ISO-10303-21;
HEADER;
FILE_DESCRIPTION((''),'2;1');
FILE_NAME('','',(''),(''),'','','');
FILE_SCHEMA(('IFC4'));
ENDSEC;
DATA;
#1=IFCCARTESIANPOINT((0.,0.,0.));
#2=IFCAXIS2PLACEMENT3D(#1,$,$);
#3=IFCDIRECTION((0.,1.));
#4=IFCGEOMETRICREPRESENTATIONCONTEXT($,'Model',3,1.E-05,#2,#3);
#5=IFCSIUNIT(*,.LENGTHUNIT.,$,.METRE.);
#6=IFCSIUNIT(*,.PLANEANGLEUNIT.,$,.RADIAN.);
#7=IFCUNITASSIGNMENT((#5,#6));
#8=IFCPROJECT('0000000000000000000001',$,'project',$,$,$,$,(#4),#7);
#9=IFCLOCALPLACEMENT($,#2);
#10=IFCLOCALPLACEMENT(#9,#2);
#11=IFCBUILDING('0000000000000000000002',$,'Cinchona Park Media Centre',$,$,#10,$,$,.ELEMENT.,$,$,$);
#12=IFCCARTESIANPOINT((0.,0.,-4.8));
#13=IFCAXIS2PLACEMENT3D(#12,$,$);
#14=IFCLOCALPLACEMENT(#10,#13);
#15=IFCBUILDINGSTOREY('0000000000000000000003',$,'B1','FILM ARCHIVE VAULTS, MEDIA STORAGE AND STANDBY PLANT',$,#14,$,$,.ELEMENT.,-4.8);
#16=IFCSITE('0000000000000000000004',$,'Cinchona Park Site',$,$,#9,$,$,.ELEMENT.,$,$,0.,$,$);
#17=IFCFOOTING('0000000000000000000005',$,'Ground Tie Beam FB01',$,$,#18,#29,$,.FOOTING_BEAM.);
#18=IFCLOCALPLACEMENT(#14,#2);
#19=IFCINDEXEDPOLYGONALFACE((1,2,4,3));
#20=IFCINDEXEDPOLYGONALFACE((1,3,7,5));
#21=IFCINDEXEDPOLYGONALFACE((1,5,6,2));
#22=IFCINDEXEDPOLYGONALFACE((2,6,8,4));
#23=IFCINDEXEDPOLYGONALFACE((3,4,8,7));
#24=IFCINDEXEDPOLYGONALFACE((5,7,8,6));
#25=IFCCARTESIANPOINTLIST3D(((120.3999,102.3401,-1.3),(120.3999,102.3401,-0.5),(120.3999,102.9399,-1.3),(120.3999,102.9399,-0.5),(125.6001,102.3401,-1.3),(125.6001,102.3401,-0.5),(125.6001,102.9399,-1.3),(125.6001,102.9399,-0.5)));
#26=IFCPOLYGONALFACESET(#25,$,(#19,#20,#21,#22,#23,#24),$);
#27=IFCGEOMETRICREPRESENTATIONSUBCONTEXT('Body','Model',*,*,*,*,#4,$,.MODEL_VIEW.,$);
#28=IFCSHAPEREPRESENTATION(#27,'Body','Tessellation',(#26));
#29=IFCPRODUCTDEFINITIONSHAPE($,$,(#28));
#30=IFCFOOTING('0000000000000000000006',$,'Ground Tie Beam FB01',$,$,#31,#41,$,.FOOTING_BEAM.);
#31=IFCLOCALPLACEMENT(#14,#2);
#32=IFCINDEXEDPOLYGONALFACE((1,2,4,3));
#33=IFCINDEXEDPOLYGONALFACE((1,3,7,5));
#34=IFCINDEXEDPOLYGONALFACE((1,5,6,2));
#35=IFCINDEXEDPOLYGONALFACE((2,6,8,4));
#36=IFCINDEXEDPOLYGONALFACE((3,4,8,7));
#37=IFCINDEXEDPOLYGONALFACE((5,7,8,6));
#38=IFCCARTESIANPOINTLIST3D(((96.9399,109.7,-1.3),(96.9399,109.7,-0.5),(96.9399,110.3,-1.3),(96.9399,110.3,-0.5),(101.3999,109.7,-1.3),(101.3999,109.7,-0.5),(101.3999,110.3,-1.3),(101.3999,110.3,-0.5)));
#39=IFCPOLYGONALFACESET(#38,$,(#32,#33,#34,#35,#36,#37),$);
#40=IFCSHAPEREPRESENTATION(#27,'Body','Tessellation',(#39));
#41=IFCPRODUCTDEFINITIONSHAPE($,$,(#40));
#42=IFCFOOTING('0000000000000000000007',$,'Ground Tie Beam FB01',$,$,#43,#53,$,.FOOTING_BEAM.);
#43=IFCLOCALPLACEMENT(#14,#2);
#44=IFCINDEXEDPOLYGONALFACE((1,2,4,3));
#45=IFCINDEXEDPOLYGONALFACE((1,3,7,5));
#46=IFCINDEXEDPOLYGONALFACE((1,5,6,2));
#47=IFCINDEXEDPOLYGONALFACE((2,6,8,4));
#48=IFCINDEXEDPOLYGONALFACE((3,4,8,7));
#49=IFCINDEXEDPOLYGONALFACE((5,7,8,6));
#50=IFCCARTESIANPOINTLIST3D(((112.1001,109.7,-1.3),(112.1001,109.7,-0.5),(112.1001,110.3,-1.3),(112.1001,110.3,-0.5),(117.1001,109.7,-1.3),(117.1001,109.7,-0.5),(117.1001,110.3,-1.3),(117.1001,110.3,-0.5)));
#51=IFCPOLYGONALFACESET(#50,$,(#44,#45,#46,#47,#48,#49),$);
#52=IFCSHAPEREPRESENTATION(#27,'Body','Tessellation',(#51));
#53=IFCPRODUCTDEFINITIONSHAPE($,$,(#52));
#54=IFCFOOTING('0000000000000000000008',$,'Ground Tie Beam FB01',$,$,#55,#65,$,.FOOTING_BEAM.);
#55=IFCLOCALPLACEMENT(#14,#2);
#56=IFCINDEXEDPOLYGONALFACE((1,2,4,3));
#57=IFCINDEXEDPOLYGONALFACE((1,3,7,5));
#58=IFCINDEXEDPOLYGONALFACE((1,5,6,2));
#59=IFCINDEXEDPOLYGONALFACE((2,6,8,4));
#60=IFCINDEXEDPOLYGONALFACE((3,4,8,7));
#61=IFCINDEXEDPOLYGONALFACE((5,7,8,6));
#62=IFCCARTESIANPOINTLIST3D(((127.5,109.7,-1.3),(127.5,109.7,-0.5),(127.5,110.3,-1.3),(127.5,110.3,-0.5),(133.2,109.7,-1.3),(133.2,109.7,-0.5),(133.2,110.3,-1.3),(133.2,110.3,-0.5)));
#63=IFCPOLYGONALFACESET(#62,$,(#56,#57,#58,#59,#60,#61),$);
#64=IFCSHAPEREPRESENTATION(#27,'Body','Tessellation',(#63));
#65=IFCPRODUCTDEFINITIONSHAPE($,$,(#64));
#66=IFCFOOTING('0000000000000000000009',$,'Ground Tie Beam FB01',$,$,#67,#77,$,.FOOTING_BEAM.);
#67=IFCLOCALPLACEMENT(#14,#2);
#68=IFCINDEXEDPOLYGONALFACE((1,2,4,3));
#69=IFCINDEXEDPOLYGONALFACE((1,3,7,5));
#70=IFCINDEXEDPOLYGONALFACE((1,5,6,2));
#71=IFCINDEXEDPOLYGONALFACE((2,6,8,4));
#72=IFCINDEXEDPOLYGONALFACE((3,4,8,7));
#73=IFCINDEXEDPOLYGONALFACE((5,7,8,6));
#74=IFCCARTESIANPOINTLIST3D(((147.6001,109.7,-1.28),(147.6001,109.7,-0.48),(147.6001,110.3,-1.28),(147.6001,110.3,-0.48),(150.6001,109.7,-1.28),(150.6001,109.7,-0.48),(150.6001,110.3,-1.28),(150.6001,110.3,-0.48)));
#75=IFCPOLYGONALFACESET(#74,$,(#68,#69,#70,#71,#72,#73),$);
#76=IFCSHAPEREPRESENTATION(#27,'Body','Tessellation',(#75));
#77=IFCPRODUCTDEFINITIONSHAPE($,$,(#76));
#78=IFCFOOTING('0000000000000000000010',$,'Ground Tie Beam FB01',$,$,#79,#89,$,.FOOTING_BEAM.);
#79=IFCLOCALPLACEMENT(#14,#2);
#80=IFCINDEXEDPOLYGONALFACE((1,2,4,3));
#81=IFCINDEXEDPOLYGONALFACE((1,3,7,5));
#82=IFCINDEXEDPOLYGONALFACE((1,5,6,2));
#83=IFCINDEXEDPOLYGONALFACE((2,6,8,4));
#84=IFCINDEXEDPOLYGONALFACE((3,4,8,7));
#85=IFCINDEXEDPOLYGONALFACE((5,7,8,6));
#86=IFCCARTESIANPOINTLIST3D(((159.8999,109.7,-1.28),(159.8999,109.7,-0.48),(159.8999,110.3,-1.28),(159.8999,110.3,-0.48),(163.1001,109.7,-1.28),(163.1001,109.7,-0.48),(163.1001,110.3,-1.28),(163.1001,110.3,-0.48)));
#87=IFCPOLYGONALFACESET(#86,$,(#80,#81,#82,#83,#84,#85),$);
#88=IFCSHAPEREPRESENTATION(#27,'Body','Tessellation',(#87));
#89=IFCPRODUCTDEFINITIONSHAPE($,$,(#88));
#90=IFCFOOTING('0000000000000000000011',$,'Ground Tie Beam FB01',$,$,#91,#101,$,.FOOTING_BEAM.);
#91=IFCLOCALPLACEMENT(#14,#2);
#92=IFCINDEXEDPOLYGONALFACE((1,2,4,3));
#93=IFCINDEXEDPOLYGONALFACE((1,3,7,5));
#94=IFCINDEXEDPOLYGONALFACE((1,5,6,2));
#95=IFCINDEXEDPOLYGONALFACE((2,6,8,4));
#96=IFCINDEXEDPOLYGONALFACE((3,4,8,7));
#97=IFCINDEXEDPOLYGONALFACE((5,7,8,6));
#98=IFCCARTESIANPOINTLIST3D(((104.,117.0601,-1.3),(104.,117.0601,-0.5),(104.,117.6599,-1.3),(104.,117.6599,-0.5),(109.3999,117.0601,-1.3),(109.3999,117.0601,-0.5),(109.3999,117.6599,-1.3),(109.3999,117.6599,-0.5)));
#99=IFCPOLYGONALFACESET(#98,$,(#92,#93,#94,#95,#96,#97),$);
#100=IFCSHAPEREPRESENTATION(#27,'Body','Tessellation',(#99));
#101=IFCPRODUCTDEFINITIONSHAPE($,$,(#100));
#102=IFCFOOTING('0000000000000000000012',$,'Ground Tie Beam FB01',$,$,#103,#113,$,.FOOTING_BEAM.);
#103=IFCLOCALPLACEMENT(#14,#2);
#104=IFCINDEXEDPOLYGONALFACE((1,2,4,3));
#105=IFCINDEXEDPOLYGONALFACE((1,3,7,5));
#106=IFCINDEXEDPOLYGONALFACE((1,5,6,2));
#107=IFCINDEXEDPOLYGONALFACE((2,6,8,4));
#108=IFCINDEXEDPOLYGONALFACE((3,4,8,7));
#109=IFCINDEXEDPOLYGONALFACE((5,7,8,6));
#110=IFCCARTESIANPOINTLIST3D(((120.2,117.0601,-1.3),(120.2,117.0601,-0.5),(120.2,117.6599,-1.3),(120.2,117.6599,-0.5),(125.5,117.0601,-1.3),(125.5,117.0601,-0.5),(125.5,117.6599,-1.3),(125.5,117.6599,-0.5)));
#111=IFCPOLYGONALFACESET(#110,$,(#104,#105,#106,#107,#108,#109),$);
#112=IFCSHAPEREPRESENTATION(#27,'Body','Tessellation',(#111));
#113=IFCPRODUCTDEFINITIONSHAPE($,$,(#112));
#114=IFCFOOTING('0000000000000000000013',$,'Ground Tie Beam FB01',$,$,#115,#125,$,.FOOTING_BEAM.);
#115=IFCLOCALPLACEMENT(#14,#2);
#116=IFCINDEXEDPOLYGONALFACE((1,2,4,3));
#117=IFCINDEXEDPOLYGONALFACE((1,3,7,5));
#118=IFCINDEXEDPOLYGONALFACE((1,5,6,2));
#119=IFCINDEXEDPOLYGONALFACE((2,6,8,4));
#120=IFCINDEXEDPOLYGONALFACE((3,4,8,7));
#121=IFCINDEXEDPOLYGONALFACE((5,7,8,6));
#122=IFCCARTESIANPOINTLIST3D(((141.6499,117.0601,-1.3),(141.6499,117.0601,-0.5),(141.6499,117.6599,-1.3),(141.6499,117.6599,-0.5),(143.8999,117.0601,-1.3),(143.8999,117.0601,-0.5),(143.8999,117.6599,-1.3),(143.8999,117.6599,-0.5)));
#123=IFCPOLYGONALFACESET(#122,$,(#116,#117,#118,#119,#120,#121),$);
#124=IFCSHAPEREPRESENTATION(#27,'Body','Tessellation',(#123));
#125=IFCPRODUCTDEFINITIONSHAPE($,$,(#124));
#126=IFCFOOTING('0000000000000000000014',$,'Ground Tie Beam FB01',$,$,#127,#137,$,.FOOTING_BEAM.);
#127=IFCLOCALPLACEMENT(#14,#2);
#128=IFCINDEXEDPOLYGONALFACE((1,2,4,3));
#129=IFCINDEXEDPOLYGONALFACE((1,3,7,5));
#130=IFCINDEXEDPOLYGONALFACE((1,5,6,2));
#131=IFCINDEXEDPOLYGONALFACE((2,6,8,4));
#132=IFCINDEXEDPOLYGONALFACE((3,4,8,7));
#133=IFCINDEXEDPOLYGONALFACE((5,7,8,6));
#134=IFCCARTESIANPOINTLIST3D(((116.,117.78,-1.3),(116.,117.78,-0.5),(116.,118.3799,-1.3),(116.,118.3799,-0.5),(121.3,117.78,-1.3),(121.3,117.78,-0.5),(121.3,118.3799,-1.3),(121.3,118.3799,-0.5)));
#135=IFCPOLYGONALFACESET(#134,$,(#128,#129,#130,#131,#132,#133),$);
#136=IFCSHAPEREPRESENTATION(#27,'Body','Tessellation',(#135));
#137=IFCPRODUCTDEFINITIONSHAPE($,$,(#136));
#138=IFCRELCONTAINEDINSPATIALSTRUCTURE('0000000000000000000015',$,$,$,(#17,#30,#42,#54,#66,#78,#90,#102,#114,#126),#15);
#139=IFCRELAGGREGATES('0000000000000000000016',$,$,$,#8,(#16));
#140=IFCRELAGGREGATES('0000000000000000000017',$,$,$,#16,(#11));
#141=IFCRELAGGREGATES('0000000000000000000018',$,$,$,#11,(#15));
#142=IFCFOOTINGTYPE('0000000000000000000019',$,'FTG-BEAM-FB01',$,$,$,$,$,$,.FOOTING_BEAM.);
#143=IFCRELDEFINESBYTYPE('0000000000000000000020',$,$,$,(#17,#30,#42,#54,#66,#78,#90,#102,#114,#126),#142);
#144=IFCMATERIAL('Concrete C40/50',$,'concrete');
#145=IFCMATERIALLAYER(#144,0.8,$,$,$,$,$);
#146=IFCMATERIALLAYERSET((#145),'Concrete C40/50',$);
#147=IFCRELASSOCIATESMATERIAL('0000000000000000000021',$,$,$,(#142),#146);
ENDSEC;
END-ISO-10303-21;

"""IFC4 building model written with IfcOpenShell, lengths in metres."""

from ifc_helpers import new_model, si_unit, direction, frame, origin, place, context, subcontext, project, spatial, polyline, outline, extrude, material, layer, layer_set, type_object, element, save


model = new_model("IFC4")

# Units and contexts
model_context = context("Model", 3, precision=1e-05, world=origin(), true_north=direction((0.0, 1.0)))
body_context = subcontext(model_context, "Body", "Model", "MODEL_VIEW")
ifc_project = project(units=[si_unit("LENGTHUNIT", "METRE"), si_unit("PLANEANGLEUNIT", "RADIAN")], contexts=[model_context])

# Site, building, storey
site_placement = place(None, origin())
site = spatial("IfcSite", under=ifc_project, at=site_placement, Name="Cinchona Park Site", CompositionType="ELEMENT", RefElevation=0.0)
building_placement = place(site_placement, origin())
building = spatial("IfcBuilding", under=site, at=building_placement, Name="Cinchona Park Media Centre", CompositionType="ELEMENT")
storey_placement = place(building_placement, frame((0.0, 0.0, -4.8)))
storey = spatial("IfcBuildingStorey", under=building, at=storey_placement, Name="B1", Description="FILM ARCHIVE VAULTS, MEDIA STORAGE AND STANDBY PLANT", CompositionType="ELEMENT", Elevation=-4.8)

# Footings
ifc_material = material(Name="Concrete C40/50", Category="concrete")
ifc_layer = layer(ifc_material, 0.8)
ifc_layer_set = layer_set([ifc_layer], Name="Concrete C40/50")
footing_type = type_object("IfcFootingType", Name="FTG-BEAM-FB01", PredefinedType="FOOTING_BEAM", material=ifc_layer_set)
footing_1_placement = place(storey_placement, frame((0.0, 0.0, -1.3)))
element("IfcFooting", 1, at=footing_1_placement, inside=storey, type_object=footing_type, Name="Ground Tie Beam FB01", PredefinedType="FOOTING_BEAM", context=body_context, shape_type="SweptSolid", body=[
    extrude(outline(polyline([(120.3999, 102.3401), (125.6001, 102.3401), (125.6001, 102.9399), (120.3999, 102.9399), (120.3999, 102.3401)])), origin(), (0.0, 0.0, 1.0), 0.8),
])
footing_2_placement = place(storey_placement, frame((0.0, 0.0, -1.3)))
element("IfcFooting", 2, at=footing_2_placement, inside=storey, type_object=footing_type, Name="Ground Tie Beam FB01", PredefinedType="FOOTING_BEAM", context=body_context, shape_type="SweptSolid", body=[
    extrude(outline(polyline([(96.9399, 109.7), (101.3999, 109.7), (101.3999, 110.3), (96.9399, 110.3), (96.9399, 109.7)])), origin(), (0.0, 0.0, 1.0), 0.8),
])
footing_3_placement = place(storey_placement, frame((0.0, 0.0, -1.3)))
element("IfcFooting", 3, at=footing_3_placement, inside=storey, type_object=footing_type, Name="Ground Tie Beam FB01", PredefinedType="FOOTING_BEAM", context=body_context, shape_type="SweptSolid", body=[
    extrude(outline(polyline([(112.1001, 109.7), (117.1001, 109.7), (117.1001, 110.3), (112.1001, 110.3), (112.1001, 109.7)])), origin(), (0.0, 0.0, 1.0), 0.8),
])
footing_4_placement = place(storey_placement, frame((0.0, 0.0, -1.3)))
element("IfcFooting", 4, at=footing_4_placement, inside=storey, type_object=footing_type, Name="Ground Tie Beam FB01", PredefinedType="FOOTING_BEAM", context=body_context, shape_type="SweptSolid", body=[
    extrude(outline(polyline([(127.5, 109.7), (133.2, 109.7), (133.2, 110.3), (127.5, 110.3), (127.5, 109.7)])), origin(), (0.0, 0.0, 1.0), 0.8),
])
footing_5_placement = place(storey_placement, frame((0.0, 0.0, -1.28)))
element("IfcFooting", 5, at=footing_5_placement, inside=storey, type_object=footing_type, Name="Ground Tie Beam FB01", PredefinedType="FOOTING_BEAM", context=body_context, shape_type="SweptSolid", body=[
    extrude(outline(polyline([(147.6001, 109.7), (150.6001, 109.7), (150.6001, 110.3), (147.6001, 110.3), (147.6001, 109.7)])), origin(), (0.0, 0.0, 1.0), 0.8),
])
footing_6_placement = place(storey_placement, frame((0.0, 0.0, -1.28)))
element("IfcFooting", 6, at=footing_6_placement, inside=storey, type_object=footing_type, Name="Ground Tie Beam FB01", PredefinedType="FOOTING_BEAM", context=body_context, shape_type="SweptSolid", body=[
    extrude(outline(polyline([(159.8999, 109.7), (163.1001, 109.7), (163.1001, 110.3), (159.8999, 110.3), (159.8999, 109.7)])), origin(), (0.0, 0.0, 1.0), 0.8),
])
footing_7_placement = place(storey_placement, frame((0.0, 0.0, -1.3)))
element("IfcFooting", 7, at=footing_7_placement, inside=storey, type_object=footing_type, Name="Ground Tie Beam FB01", PredefinedType="FOOTING_BEAM", context=body_context, shape_type="SweptSolid", body=[
    extrude(outline(polyline([(104.0, 117.0601), (109.3999, 117.0601), (109.3999, 117.6599), (104.0, 117.6599), (104.0, 117.0601)])), origin(), (0.0, 0.0, 1.0), 0.8),
])
footing_8_placement = place(storey_placement, frame((0.0, 0.0, -1.3)))
element("IfcFooting", 8, at=footing_8_placement, inside=storey, type_object=footing_type, Name="Ground Tie Beam FB01", PredefinedType="FOOTING_BEAM", context=body_context, shape_type="SweptSolid", body=[
    extrude(outline(polyline([(120.2, 117.0601), (125.5, 117.0601), (125.5, 117.6599), (120.2, 117.6599), (120.2, 117.0601)])), origin(), (0.0, 0.0, 1.0), 0.8),
])
footing_9_placement = place(storey_placement, frame((0.0, 0.0, -1.3)))
element("IfcFooting", 9, at=footing_9_placement, inside=storey, type_object=footing_type, Name="Ground Tie Beam FB01", PredefinedType="FOOTING_BEAM", context=body_context, shape_type="SweptSolid", body=[
    extrude(outline(polyline([(141.6499, 117.0601), (143.8999, 117.0601), (143.8999, 117.6599), (141.6499, 117.6599), (141.6499, 117.0601)])), origin(), (0.0, 0.0, 1.0), 0.8),
])
footing_10_placement = place(storey_placement, frame((0.0, 0.0, -1.3)))
element("IfcFooting", 10, at=footing_10_placement, inside=storey, type_object=footing_type, Name="Ground Tie Beam FB01", PredefinedType="FOOTING_BEAM", context=body_context, shape_type="SweptSolid", body=[
    extrude(outline(polyline([(116.0, 117.78), (121.3, 117.78), (121.3, 118.3799), (116.0, 118.3799), (116.0, 117.78)])), origin(), (0.0, 0.0, 1.0), 0.8),
])

save(model, "model.ifc")
